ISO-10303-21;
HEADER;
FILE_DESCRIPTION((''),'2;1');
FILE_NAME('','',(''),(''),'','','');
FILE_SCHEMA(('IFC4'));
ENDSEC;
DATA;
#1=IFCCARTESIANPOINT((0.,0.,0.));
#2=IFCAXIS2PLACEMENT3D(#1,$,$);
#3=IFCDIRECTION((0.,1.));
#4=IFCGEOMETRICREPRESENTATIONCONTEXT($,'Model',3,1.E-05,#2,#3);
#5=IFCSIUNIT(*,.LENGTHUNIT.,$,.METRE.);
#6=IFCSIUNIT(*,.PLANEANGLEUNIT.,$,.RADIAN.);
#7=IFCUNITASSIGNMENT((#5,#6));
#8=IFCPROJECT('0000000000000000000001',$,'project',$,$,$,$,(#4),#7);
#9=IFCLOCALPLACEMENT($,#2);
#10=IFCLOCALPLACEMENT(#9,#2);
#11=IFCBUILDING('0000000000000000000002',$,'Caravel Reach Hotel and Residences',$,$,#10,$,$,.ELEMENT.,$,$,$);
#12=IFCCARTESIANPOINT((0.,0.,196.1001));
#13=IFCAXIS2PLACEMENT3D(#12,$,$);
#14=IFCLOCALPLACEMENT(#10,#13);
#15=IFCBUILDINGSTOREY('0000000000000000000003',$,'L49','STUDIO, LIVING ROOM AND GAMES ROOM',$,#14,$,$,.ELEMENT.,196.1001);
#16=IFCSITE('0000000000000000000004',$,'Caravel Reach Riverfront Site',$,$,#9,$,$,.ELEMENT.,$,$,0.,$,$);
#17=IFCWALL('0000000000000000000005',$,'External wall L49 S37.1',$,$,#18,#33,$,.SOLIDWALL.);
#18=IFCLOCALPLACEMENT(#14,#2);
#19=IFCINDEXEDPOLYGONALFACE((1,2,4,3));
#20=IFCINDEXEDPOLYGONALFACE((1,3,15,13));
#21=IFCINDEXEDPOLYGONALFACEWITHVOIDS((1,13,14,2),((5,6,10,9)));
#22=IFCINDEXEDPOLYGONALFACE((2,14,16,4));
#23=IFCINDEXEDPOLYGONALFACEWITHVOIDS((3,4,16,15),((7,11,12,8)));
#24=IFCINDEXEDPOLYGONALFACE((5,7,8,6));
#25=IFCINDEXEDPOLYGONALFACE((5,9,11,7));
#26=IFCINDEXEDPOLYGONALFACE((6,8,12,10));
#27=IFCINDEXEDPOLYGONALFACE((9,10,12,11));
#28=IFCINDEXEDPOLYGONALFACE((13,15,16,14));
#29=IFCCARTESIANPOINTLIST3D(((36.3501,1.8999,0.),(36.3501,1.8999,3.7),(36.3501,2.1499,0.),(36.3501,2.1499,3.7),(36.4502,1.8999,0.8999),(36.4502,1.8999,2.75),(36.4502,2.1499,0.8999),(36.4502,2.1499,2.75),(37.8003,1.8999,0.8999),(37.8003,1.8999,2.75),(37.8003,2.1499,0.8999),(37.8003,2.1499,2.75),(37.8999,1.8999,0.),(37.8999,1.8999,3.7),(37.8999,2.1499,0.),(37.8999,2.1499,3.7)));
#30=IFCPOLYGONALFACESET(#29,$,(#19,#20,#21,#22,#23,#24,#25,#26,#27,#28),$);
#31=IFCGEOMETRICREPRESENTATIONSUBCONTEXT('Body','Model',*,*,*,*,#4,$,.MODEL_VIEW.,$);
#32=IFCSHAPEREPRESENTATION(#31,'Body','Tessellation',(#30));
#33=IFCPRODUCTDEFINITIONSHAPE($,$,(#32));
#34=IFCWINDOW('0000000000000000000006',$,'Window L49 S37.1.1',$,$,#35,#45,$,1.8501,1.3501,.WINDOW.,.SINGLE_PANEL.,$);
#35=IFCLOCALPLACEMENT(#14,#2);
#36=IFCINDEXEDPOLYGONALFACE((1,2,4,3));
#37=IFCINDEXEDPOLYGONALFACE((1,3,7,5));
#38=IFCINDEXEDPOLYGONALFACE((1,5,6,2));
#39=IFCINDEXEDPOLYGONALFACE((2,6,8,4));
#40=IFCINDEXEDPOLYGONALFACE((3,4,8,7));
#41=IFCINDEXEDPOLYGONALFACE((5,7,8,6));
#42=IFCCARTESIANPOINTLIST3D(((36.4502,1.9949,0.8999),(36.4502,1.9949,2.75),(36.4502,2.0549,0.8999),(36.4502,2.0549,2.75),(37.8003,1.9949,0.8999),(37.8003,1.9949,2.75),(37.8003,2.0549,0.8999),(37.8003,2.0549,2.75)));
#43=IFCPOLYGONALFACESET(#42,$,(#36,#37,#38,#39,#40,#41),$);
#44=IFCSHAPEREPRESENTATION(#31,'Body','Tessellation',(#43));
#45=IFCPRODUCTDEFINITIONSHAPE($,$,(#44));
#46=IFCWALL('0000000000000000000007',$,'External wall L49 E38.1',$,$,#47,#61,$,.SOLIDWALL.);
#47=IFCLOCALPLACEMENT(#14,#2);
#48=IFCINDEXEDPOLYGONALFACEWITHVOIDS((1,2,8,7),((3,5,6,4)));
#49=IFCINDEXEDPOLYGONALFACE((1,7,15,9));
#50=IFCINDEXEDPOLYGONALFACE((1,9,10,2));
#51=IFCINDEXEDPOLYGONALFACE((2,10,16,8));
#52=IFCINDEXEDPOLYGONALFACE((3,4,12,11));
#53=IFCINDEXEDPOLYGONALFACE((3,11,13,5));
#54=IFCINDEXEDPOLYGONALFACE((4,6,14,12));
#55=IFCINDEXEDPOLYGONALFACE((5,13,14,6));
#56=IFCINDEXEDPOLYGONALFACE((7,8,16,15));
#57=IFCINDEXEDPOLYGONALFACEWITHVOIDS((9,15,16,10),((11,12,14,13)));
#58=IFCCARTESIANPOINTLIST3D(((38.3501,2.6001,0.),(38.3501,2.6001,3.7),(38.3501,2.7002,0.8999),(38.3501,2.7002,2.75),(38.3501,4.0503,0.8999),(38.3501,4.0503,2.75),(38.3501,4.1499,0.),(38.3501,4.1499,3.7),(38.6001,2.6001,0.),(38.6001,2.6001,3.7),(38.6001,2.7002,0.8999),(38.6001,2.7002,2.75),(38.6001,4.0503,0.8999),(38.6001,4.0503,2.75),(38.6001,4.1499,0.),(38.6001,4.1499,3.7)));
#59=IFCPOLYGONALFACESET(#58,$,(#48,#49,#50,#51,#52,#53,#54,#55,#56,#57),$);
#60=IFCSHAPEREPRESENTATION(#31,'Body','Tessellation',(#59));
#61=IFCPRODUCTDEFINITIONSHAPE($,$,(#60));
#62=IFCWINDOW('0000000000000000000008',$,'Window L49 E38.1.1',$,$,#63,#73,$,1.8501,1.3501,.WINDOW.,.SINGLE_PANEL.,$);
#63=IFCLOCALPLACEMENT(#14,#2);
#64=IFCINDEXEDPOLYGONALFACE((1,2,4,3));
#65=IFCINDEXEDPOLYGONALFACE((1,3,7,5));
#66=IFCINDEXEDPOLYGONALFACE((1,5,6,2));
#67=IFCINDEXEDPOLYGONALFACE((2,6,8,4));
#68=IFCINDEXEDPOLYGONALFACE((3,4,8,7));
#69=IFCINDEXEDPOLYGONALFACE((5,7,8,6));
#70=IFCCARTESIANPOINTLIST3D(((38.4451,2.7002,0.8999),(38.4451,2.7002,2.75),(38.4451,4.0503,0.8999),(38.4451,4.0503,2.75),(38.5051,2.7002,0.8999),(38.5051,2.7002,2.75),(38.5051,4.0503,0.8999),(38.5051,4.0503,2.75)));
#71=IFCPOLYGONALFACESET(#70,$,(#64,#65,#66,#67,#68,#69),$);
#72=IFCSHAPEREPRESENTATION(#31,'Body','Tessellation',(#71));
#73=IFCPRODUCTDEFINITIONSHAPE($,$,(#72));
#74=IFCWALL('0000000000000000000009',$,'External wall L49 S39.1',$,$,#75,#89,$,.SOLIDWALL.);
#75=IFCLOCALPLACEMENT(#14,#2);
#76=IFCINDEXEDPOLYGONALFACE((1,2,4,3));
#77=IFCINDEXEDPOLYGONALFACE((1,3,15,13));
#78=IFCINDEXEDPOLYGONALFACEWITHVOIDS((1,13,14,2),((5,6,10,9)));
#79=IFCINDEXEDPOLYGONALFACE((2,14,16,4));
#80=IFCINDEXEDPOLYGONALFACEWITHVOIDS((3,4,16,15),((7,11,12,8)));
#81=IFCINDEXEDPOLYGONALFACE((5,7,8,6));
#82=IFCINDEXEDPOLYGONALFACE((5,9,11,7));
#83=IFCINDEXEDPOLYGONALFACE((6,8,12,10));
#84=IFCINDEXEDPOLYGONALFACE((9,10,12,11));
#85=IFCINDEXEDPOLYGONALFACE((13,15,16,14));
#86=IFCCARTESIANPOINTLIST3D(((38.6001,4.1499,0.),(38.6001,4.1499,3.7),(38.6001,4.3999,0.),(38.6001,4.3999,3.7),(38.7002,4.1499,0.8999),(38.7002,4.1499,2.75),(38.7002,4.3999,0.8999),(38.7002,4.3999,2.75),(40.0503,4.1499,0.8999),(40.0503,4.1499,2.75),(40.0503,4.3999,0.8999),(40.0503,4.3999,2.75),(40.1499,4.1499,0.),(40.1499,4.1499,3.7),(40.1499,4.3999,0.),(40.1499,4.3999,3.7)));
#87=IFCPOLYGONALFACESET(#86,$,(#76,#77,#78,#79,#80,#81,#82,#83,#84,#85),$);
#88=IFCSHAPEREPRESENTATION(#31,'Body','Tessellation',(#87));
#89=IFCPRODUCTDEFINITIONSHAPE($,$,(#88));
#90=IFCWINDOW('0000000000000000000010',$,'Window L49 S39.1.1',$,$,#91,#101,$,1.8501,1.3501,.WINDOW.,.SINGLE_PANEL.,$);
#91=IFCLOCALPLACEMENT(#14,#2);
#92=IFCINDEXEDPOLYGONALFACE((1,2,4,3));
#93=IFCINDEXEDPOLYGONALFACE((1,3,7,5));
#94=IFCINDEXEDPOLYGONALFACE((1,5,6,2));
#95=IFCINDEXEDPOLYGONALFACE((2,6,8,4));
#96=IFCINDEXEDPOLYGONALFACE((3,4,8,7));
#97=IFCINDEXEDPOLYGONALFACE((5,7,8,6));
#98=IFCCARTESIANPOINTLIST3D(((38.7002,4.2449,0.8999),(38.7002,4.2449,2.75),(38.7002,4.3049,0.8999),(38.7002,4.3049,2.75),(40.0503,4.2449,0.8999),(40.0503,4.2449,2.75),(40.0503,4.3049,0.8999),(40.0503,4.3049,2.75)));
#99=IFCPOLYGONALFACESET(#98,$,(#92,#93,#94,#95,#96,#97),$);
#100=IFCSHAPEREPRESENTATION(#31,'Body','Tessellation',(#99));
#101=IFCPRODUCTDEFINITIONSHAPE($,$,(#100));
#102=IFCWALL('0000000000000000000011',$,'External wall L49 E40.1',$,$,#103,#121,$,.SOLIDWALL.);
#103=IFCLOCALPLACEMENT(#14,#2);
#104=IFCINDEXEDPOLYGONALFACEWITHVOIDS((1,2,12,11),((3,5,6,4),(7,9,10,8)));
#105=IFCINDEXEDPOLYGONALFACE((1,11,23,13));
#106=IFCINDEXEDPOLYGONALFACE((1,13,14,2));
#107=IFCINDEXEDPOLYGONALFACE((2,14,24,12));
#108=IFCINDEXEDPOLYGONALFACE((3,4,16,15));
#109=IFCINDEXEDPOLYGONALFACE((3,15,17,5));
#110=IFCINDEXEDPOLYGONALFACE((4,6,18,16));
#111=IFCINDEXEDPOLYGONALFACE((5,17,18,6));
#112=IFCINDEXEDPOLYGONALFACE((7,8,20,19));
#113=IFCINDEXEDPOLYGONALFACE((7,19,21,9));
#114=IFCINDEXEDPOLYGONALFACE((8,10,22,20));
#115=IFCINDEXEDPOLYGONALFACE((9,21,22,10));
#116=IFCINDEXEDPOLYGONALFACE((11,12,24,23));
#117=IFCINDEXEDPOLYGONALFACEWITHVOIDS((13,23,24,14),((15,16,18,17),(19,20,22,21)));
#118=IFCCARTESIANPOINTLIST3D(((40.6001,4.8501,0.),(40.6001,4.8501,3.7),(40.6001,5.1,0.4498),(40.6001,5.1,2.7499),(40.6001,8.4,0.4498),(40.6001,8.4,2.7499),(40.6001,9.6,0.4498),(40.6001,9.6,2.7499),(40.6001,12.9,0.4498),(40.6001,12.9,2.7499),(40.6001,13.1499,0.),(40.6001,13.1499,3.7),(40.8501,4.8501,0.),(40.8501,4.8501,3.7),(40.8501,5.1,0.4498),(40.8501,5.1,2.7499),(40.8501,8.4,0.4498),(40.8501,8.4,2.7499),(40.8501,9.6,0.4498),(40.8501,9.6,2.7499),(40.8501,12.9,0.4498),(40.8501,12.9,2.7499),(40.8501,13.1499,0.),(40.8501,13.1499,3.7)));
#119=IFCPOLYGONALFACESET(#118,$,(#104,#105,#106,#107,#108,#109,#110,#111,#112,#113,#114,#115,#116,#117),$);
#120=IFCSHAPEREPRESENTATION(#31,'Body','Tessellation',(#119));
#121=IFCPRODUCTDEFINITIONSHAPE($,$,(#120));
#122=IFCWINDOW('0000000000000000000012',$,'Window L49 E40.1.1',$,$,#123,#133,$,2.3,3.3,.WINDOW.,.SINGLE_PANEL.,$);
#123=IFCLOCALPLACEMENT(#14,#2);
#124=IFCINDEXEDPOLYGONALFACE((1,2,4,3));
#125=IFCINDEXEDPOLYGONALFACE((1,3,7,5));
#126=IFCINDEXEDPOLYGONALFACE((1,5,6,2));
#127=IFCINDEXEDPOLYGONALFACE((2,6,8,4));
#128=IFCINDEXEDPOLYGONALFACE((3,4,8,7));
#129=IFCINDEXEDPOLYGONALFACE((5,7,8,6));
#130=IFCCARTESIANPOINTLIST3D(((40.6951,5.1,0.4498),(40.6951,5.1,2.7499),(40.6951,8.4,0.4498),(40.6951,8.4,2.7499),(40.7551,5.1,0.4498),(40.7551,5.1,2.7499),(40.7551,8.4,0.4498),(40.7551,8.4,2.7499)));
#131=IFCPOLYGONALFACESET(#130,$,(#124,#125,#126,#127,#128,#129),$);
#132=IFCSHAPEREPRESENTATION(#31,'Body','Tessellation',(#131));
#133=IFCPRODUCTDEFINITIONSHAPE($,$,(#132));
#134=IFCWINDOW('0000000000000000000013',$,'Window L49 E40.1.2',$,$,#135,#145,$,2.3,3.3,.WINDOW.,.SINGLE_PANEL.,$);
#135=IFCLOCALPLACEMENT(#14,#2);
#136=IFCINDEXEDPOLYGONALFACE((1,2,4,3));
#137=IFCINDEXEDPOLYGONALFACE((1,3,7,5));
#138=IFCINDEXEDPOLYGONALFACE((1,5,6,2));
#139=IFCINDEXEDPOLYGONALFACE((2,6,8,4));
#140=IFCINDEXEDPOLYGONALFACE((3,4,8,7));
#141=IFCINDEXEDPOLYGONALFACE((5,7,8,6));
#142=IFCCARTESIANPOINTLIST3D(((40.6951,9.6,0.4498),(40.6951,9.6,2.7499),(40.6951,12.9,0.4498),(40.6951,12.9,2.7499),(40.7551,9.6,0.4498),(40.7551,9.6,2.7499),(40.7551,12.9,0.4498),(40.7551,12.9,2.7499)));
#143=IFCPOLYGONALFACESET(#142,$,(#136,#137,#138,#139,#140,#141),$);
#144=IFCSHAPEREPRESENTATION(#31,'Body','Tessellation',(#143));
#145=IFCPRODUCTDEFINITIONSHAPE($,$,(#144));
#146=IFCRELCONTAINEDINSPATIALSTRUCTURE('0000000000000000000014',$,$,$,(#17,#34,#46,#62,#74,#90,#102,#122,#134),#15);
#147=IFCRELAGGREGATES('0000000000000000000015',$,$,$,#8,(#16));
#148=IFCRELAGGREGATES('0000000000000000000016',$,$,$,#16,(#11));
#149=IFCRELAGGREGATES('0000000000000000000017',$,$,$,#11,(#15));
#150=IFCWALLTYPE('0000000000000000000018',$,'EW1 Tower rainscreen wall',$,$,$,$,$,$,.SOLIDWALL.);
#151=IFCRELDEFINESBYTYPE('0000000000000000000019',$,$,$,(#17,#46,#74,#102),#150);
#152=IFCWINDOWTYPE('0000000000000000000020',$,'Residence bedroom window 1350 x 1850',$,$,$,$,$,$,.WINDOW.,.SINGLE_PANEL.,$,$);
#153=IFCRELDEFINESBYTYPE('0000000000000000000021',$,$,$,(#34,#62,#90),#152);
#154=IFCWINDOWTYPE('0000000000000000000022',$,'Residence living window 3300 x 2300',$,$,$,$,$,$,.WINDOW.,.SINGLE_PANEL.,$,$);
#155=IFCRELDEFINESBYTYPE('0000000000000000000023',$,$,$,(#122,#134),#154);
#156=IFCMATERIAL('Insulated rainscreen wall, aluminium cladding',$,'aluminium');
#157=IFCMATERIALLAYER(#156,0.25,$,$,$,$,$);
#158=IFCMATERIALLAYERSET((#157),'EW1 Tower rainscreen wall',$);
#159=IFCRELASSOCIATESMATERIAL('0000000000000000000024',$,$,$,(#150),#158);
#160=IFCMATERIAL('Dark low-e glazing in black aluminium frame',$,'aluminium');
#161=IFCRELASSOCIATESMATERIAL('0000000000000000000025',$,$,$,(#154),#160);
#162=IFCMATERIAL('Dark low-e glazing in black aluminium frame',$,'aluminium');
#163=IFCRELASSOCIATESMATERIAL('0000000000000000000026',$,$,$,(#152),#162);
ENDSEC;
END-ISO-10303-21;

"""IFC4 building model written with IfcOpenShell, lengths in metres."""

from ifc_helpers import new_model, si_unit, direction, frame, frame_2d, origin, place, context, subcontext, project, spatial, rectangle, extrude, material, layer, layer_set, type_object, element, fill, save


model = new_model("IFC4")

# Units and contexts
model_context = context("Model", 3, precision=1e-05, world=origin(), true_north=direction((0.0, 1.0)))
body_context = subcontext(model_context, "Body", "Model", "MODEL_VIEW")
ifc_project = project(units=[si_unit("LENGTHUNIT", "METRE"), si_unit("PLANEANGLEUNIT", "RADIAN")], contexts=[model_context])

# Site, building, storey
site_placement = place(None, origin())
site = spatial("IfcSite", under=ifc_project, at=site_placement, Name="Caravel Reach Riverfront Site", CompositionType="ELEMENT", RefElevation=0.0)
building_placement = place(site_placement, origin())
building = spatial("IfcBuilding", under=site, at=building_placement, Name="Caravel Reach Hotel and Residences", CompositionType="ELEMENT")
storey_placement = place(building_placement, frame((0.0, 0.0, 196.1001)))
storey = spatial("IfcBuildingStorey", under=building, at=storey_placement, Name="L49", Description="STUDIO, LIVING ROOM AND GAMES ROOM", CompositionType="ELEMENT", Elevation=196.1001)

# Walls, openings, windows
ifc_material_1 = material(Name="Insulated rainscreen wall, aluminium cladding", Category="aluminium")
ifc_layer_1 = layer(ifc_material_1, 0.25)
ifc_layer_set_1 = layer_set([ifc_layer_1], Name="EW1 Tower rainscreen wall")
wall_type_1 = type_object("IfcWallType", Name="EW1 Tower rainscreen wall", PredefinedType="SOLIDWALL", material=ifc_layer_set_1)
ifc_material_2 = material(Name="Dark low-e glazing in black aluminium frame", Category="aluminium")
window_type_1 = type_object("IfcWindowType", Name="Residence living window 3300 x 2300", PartitioningType="SINGLE_PANEL", PredefinedType="WINDOW", material=ifc_material_2)
ifc_material_3 = material(Name="Dark low-e glazing in black aluminium frame", Category="aluminium")
window_type_2 = type_object("IfcWindowType", Name="Residence bedroom window 1350 x 1850", PartitioningType="SINGLE_PANEL", PredefinedType="WINDOW", material=ifc_material_3)
wall_1_placement = place(storey_placement, frame((36.3501, 2.0249, 0.0), z_axis=(0.0, 0.0, 1.0), x_axis=(1.0, 0.0, 0.0)))
wall_1 = element("IfcWall", 1, at=wall_1_placement, inside=storey, type_object=wall_type_1, Name="External wall L49 S37.1", PredefinedType="SOLIDWALL", context=body_context, shape_type="SweptSolid", body=[
    extrude(rectangle(XDim=1.5498, YDim=0.25, at=frame_2d((0.7749, 0.0))), origin(), (0.0, 0.0, 1.0), 3.7),
])
opening_1_placement = place(wall_1_placement, frame((0.1001, 0.0, 0.8999)))
opening_1 = element("IfcOpeningElement", 2, at=opening_1_placement, cuts=wall_1, PredefinedType="OPENING", context=body_context, shape_type="SweptSolid", body=[
    extrude(rectangle(XDim=1.3501, YDim=1.8501, at=frame_2d((0.675, 0.925))), frame((0.0, 0.135, 0.0), z_axis=(0.0, -1.0, 0.0), x_axis=(1.0, 0.0, 0.0)), (0.0, 0.0, 1.0), 0.27),
])
window_1_placement = place(opening_1_placement, origin())
window_1 = element("IfcWindow", 3, at=window_1_placement, inside=storey, type_object=window_type_2, Name="Window L49 S37.1.1", OverallHeight=1.8501, OverallWidth=1.3501, PartitioningType="SINGLE_PANEL", PredefinedType="WINDOW", context=body_context, shape_type="SweptSolid", body=[
    extrude(rectangle(XDim=1.3501, YDim=1.8501, at=frame_2d((0.675, 0.925))), frame((0.0, 0.03, 0.0), z_axis=(0.0, -1.0, 0.0), x_axis=(1.0, 0.0, 0.0)), (0.0, 0.0, 1.0), 0.0601),
])
fill(opening_1, window_1)
wall_2_placement = place(storey_placement, frame((38.4751, 2.6001, 0.0), z_axis=(0.0, 0.0, 1.0), x_axis=(0.0, 1.0, 0.0)))
wall_2 = element("IfcWall", 4, at=wall_2_placement, inside=storey, type_object=wall_type_1, Name="External wall L49 E38.1", PredefinedType="SOLIDWALL", context=body_context, shape_type="SweptSolid", body=[
    extrude(rectangle(XDim=1.5498, YDim=0.25, at=frame_2d((0.7749, 0.0))), origin(), (0.0, 0.0, 1.0), 3.7),
])
opening_2_placement = place(wall_2_placement, frame((0.1001, 0.0, 0.8999)))
opening_2 = element("IfcOpeningElement", 5, at=opening_2_placement, cuts=wall_2, PredefinedType="OPENING", context=body_context, shape_type="SweptSolid", body=[
    extrude(rectangle(XDim=1.3501, YDim=1.8501, at=frame_2d((0.675, 0.925))), frame((0.0, 0.135, 0.0), z_axis=(0.0, -1.0, 0.0), x_axis=(1.0, 0.0, 0.0)), (0.0, 0.0, 1.0), 0.27),
])
window_2_placement = place(opening_2_placement, origin())
window_2 = element("IfcWindow", 6, at=window_2_placement, inside=storey, type_object=window_type_2, Name="Window L49 E38.1.1", OverallHeight=1.8501, OverallWidth=1.3501, PartitioningType="SINGLE_PANEL", PredefinedType="WINDOW", context=body_context, shape_type="SweptSolid", body=[
    extrude(rectangle(XDim=1.3501, YDim=1.8501, at=frame_2d((0.675, 0.925))), frame((0.0, 0.03, 0.0), z_axis=(0.0, -1.0, 0.0), x_axis=(1.0, 0.0, 0.0)), (0.0, 0.0, 1.0), 0.0601),
])
fill(opening_2, window_2)
wall_3_placement = place(storey_placement, frame((38.6001, 4.2749, 0.0), z_axis=(0.0, 0.0, 1.0), x_axis=(1.0, 0.0, 0.0)))
wall_3 = element("IfcWall", 7, at=wall_3_placement, inside=storey, type_object=wall_type_1, Name="External wall L49 S39.1", PredefinedType="SOLIDWALL", context=body_context, shape_type="SweptSolid", body=[
    extrude(rectangle(XDim=1.5498, YDim=0.25, at=frame_2d((0.7749, 0.0))), origin(), (0.0, 0.0, 1.0), 3.7),
])
opening_3_placement = place(wall_3_placement, frame((0.1001, 0.0, 0.8999)))
opening_3 = element("IfcOpeningElement", 8, at=opening_3_placement, cuts=wall_3, PredefinedType="OPENING", context=body_context, shape_type="SweptSolid", body=[
    extrude(rectangle(XDim=1.3501, YDim=1.8501, at=frame_2d((0.675, 0.925))), frame((0.0, 0.135, 0.0), z_axis=(0.0, -1.0, 0.0), x_axis=(1.0, 0.0, 0.0)), (0.0, 0.0, 1.0), 0.27),
])
window_3_placement = place(opening_3_placement, origin())
window_3 = element("IfcWindow", 9, at=window_3_placement, inside=storey, type_object=window_type_2, Name="Window L49 S39.1.1", OverallHeight=1.8501, OverallWidth=1.3501, PartitioningType="SINGLE_PANEL", PredefinedType="WINDOW", context=body_context, shape_type="SweptSolid", body=[
    extrude(rectangle(XDim=1.3501, YDim=1.8501, at=frame_2d((0.675, 0.925))), frame((0.0, 0.03, 0.0), z_axis=(0.0, -1.0, 0.0), x_axis=(1.0, 0.0, 0.0)), (0.0, 0.0, 1.0), 0.0601),
])
fill(opening_3, window_3)

# Wall, openings, windows
wall_4_placement = place(storey_placement, frame((40.7251, 4.8501, 0.0), z_axis=(0.0, 0.0, 1.0), x_axis=(0.0, 1.0, 0.0)))
wall_4 = element("IfcWall", 10, at=wall_4_placement, inside=storey, type_object=wall_type_1, Name="External wall L49 E40.1", PredefinedType="SOLIDWALL", context=body_context, shape_type="SweptSolid", body=[
    extrude(rectangle(XDim=8.2998, YDim=0.25, at=frame_2d((4.1499, 0.0))), origin(), (0.0, 0.0, 1.0), 3.7),
])
opening_4_placement = place(wall_4_placement, frame((0.25, 0.0, 0.45)))
opening_4 = element("IfcOpeningElement", 11, at=opening_4_placement, cuts=wall_4, PredefinedType="OPENING", context=body_context, shape_type="SweptSolid", body=[
    extrude(rectangle(XDim=3.3, YDim=2.3, at=frame_2d((1.6499, 1.1499))), frame((0.0, 0.135, 0.0), z_axis=(0.0, -1.0, 0.0), x_axis=(1.0, 0.0, 0.0)), (0.0, 0.0, 1.0), 0.27),
])
opening_5_placement = place(wall_4_placement, frame((4.75, 0.0, 0.45)))
opening_5 = element("IfcOpeningElement", 12, at=opening_5_placement, cuts=wall_4, PredefinedType="OPENING", context=body_context, shape_type="SweptSolid", body=[
    extrude(rectangle(XDim=3.3, YDim=2.3, at=frame_2d((1.6499, 1.1499))), frame((0.0, 0.135, 0.0), z_axis=(0.0, -1.0, 0.0), x_axis=(1.0, 0.0, 0.0)), (0.0, 0.0, 1.0), 0.27),
])
window_4_placement = place(opening_4_placement, origin())
window_4 = element("IfcWindow", 13, at=window_4_placement, inside=storey, type_object=window_type_1, Name="Window L49 E40.1.1", OverallHeight=2.3, OverallWidth=3.3, PartitioningType="SINGLE_PANEL", PredefinedType="WINDOW", context=body_context, shape_type="SweptSolid", body=[
    extrude(rectangle(XDim=3.3, YDim=2.3, at=frame_2d((1.6499, 1.1499))), frame((0.0, 0.03, 0.0), z_axis=(0.0, -1.0, 0.0), x_axis=(1.0, 0.0, 0.0)), (0.0, 0.0, 1.0), 0.0601),
])
fill(opening_4, window_4)
window_5_placement = place(opening_5_placement, origin())
window_5 = element("IfcWindow", 14, at=window_5_placement, inside=storey, type_object=window_type_1, Name="Window L49 E40.1.2", OverallHeight=2.3, OverallWidth=3.3, PartitioningType="SINGLE_PANEL", PredefinedType="WINDOW", context=body_context, shape_type="SweptSolid", body=[
    extrude(rectangle(XDim=3.3, YDim=2.3, at=frame_2d((1.6499, 1.1499))), frame((0.0, 0.03, 0.0), z_axis=(0.0, -1.0, 0.0), x_axis=(1.0, 0.0, 0.0)), (0.0, 0.0, 1.0), 0.0601),
])
fill(opening_5, window_5)

save(model, "model.ifc")
